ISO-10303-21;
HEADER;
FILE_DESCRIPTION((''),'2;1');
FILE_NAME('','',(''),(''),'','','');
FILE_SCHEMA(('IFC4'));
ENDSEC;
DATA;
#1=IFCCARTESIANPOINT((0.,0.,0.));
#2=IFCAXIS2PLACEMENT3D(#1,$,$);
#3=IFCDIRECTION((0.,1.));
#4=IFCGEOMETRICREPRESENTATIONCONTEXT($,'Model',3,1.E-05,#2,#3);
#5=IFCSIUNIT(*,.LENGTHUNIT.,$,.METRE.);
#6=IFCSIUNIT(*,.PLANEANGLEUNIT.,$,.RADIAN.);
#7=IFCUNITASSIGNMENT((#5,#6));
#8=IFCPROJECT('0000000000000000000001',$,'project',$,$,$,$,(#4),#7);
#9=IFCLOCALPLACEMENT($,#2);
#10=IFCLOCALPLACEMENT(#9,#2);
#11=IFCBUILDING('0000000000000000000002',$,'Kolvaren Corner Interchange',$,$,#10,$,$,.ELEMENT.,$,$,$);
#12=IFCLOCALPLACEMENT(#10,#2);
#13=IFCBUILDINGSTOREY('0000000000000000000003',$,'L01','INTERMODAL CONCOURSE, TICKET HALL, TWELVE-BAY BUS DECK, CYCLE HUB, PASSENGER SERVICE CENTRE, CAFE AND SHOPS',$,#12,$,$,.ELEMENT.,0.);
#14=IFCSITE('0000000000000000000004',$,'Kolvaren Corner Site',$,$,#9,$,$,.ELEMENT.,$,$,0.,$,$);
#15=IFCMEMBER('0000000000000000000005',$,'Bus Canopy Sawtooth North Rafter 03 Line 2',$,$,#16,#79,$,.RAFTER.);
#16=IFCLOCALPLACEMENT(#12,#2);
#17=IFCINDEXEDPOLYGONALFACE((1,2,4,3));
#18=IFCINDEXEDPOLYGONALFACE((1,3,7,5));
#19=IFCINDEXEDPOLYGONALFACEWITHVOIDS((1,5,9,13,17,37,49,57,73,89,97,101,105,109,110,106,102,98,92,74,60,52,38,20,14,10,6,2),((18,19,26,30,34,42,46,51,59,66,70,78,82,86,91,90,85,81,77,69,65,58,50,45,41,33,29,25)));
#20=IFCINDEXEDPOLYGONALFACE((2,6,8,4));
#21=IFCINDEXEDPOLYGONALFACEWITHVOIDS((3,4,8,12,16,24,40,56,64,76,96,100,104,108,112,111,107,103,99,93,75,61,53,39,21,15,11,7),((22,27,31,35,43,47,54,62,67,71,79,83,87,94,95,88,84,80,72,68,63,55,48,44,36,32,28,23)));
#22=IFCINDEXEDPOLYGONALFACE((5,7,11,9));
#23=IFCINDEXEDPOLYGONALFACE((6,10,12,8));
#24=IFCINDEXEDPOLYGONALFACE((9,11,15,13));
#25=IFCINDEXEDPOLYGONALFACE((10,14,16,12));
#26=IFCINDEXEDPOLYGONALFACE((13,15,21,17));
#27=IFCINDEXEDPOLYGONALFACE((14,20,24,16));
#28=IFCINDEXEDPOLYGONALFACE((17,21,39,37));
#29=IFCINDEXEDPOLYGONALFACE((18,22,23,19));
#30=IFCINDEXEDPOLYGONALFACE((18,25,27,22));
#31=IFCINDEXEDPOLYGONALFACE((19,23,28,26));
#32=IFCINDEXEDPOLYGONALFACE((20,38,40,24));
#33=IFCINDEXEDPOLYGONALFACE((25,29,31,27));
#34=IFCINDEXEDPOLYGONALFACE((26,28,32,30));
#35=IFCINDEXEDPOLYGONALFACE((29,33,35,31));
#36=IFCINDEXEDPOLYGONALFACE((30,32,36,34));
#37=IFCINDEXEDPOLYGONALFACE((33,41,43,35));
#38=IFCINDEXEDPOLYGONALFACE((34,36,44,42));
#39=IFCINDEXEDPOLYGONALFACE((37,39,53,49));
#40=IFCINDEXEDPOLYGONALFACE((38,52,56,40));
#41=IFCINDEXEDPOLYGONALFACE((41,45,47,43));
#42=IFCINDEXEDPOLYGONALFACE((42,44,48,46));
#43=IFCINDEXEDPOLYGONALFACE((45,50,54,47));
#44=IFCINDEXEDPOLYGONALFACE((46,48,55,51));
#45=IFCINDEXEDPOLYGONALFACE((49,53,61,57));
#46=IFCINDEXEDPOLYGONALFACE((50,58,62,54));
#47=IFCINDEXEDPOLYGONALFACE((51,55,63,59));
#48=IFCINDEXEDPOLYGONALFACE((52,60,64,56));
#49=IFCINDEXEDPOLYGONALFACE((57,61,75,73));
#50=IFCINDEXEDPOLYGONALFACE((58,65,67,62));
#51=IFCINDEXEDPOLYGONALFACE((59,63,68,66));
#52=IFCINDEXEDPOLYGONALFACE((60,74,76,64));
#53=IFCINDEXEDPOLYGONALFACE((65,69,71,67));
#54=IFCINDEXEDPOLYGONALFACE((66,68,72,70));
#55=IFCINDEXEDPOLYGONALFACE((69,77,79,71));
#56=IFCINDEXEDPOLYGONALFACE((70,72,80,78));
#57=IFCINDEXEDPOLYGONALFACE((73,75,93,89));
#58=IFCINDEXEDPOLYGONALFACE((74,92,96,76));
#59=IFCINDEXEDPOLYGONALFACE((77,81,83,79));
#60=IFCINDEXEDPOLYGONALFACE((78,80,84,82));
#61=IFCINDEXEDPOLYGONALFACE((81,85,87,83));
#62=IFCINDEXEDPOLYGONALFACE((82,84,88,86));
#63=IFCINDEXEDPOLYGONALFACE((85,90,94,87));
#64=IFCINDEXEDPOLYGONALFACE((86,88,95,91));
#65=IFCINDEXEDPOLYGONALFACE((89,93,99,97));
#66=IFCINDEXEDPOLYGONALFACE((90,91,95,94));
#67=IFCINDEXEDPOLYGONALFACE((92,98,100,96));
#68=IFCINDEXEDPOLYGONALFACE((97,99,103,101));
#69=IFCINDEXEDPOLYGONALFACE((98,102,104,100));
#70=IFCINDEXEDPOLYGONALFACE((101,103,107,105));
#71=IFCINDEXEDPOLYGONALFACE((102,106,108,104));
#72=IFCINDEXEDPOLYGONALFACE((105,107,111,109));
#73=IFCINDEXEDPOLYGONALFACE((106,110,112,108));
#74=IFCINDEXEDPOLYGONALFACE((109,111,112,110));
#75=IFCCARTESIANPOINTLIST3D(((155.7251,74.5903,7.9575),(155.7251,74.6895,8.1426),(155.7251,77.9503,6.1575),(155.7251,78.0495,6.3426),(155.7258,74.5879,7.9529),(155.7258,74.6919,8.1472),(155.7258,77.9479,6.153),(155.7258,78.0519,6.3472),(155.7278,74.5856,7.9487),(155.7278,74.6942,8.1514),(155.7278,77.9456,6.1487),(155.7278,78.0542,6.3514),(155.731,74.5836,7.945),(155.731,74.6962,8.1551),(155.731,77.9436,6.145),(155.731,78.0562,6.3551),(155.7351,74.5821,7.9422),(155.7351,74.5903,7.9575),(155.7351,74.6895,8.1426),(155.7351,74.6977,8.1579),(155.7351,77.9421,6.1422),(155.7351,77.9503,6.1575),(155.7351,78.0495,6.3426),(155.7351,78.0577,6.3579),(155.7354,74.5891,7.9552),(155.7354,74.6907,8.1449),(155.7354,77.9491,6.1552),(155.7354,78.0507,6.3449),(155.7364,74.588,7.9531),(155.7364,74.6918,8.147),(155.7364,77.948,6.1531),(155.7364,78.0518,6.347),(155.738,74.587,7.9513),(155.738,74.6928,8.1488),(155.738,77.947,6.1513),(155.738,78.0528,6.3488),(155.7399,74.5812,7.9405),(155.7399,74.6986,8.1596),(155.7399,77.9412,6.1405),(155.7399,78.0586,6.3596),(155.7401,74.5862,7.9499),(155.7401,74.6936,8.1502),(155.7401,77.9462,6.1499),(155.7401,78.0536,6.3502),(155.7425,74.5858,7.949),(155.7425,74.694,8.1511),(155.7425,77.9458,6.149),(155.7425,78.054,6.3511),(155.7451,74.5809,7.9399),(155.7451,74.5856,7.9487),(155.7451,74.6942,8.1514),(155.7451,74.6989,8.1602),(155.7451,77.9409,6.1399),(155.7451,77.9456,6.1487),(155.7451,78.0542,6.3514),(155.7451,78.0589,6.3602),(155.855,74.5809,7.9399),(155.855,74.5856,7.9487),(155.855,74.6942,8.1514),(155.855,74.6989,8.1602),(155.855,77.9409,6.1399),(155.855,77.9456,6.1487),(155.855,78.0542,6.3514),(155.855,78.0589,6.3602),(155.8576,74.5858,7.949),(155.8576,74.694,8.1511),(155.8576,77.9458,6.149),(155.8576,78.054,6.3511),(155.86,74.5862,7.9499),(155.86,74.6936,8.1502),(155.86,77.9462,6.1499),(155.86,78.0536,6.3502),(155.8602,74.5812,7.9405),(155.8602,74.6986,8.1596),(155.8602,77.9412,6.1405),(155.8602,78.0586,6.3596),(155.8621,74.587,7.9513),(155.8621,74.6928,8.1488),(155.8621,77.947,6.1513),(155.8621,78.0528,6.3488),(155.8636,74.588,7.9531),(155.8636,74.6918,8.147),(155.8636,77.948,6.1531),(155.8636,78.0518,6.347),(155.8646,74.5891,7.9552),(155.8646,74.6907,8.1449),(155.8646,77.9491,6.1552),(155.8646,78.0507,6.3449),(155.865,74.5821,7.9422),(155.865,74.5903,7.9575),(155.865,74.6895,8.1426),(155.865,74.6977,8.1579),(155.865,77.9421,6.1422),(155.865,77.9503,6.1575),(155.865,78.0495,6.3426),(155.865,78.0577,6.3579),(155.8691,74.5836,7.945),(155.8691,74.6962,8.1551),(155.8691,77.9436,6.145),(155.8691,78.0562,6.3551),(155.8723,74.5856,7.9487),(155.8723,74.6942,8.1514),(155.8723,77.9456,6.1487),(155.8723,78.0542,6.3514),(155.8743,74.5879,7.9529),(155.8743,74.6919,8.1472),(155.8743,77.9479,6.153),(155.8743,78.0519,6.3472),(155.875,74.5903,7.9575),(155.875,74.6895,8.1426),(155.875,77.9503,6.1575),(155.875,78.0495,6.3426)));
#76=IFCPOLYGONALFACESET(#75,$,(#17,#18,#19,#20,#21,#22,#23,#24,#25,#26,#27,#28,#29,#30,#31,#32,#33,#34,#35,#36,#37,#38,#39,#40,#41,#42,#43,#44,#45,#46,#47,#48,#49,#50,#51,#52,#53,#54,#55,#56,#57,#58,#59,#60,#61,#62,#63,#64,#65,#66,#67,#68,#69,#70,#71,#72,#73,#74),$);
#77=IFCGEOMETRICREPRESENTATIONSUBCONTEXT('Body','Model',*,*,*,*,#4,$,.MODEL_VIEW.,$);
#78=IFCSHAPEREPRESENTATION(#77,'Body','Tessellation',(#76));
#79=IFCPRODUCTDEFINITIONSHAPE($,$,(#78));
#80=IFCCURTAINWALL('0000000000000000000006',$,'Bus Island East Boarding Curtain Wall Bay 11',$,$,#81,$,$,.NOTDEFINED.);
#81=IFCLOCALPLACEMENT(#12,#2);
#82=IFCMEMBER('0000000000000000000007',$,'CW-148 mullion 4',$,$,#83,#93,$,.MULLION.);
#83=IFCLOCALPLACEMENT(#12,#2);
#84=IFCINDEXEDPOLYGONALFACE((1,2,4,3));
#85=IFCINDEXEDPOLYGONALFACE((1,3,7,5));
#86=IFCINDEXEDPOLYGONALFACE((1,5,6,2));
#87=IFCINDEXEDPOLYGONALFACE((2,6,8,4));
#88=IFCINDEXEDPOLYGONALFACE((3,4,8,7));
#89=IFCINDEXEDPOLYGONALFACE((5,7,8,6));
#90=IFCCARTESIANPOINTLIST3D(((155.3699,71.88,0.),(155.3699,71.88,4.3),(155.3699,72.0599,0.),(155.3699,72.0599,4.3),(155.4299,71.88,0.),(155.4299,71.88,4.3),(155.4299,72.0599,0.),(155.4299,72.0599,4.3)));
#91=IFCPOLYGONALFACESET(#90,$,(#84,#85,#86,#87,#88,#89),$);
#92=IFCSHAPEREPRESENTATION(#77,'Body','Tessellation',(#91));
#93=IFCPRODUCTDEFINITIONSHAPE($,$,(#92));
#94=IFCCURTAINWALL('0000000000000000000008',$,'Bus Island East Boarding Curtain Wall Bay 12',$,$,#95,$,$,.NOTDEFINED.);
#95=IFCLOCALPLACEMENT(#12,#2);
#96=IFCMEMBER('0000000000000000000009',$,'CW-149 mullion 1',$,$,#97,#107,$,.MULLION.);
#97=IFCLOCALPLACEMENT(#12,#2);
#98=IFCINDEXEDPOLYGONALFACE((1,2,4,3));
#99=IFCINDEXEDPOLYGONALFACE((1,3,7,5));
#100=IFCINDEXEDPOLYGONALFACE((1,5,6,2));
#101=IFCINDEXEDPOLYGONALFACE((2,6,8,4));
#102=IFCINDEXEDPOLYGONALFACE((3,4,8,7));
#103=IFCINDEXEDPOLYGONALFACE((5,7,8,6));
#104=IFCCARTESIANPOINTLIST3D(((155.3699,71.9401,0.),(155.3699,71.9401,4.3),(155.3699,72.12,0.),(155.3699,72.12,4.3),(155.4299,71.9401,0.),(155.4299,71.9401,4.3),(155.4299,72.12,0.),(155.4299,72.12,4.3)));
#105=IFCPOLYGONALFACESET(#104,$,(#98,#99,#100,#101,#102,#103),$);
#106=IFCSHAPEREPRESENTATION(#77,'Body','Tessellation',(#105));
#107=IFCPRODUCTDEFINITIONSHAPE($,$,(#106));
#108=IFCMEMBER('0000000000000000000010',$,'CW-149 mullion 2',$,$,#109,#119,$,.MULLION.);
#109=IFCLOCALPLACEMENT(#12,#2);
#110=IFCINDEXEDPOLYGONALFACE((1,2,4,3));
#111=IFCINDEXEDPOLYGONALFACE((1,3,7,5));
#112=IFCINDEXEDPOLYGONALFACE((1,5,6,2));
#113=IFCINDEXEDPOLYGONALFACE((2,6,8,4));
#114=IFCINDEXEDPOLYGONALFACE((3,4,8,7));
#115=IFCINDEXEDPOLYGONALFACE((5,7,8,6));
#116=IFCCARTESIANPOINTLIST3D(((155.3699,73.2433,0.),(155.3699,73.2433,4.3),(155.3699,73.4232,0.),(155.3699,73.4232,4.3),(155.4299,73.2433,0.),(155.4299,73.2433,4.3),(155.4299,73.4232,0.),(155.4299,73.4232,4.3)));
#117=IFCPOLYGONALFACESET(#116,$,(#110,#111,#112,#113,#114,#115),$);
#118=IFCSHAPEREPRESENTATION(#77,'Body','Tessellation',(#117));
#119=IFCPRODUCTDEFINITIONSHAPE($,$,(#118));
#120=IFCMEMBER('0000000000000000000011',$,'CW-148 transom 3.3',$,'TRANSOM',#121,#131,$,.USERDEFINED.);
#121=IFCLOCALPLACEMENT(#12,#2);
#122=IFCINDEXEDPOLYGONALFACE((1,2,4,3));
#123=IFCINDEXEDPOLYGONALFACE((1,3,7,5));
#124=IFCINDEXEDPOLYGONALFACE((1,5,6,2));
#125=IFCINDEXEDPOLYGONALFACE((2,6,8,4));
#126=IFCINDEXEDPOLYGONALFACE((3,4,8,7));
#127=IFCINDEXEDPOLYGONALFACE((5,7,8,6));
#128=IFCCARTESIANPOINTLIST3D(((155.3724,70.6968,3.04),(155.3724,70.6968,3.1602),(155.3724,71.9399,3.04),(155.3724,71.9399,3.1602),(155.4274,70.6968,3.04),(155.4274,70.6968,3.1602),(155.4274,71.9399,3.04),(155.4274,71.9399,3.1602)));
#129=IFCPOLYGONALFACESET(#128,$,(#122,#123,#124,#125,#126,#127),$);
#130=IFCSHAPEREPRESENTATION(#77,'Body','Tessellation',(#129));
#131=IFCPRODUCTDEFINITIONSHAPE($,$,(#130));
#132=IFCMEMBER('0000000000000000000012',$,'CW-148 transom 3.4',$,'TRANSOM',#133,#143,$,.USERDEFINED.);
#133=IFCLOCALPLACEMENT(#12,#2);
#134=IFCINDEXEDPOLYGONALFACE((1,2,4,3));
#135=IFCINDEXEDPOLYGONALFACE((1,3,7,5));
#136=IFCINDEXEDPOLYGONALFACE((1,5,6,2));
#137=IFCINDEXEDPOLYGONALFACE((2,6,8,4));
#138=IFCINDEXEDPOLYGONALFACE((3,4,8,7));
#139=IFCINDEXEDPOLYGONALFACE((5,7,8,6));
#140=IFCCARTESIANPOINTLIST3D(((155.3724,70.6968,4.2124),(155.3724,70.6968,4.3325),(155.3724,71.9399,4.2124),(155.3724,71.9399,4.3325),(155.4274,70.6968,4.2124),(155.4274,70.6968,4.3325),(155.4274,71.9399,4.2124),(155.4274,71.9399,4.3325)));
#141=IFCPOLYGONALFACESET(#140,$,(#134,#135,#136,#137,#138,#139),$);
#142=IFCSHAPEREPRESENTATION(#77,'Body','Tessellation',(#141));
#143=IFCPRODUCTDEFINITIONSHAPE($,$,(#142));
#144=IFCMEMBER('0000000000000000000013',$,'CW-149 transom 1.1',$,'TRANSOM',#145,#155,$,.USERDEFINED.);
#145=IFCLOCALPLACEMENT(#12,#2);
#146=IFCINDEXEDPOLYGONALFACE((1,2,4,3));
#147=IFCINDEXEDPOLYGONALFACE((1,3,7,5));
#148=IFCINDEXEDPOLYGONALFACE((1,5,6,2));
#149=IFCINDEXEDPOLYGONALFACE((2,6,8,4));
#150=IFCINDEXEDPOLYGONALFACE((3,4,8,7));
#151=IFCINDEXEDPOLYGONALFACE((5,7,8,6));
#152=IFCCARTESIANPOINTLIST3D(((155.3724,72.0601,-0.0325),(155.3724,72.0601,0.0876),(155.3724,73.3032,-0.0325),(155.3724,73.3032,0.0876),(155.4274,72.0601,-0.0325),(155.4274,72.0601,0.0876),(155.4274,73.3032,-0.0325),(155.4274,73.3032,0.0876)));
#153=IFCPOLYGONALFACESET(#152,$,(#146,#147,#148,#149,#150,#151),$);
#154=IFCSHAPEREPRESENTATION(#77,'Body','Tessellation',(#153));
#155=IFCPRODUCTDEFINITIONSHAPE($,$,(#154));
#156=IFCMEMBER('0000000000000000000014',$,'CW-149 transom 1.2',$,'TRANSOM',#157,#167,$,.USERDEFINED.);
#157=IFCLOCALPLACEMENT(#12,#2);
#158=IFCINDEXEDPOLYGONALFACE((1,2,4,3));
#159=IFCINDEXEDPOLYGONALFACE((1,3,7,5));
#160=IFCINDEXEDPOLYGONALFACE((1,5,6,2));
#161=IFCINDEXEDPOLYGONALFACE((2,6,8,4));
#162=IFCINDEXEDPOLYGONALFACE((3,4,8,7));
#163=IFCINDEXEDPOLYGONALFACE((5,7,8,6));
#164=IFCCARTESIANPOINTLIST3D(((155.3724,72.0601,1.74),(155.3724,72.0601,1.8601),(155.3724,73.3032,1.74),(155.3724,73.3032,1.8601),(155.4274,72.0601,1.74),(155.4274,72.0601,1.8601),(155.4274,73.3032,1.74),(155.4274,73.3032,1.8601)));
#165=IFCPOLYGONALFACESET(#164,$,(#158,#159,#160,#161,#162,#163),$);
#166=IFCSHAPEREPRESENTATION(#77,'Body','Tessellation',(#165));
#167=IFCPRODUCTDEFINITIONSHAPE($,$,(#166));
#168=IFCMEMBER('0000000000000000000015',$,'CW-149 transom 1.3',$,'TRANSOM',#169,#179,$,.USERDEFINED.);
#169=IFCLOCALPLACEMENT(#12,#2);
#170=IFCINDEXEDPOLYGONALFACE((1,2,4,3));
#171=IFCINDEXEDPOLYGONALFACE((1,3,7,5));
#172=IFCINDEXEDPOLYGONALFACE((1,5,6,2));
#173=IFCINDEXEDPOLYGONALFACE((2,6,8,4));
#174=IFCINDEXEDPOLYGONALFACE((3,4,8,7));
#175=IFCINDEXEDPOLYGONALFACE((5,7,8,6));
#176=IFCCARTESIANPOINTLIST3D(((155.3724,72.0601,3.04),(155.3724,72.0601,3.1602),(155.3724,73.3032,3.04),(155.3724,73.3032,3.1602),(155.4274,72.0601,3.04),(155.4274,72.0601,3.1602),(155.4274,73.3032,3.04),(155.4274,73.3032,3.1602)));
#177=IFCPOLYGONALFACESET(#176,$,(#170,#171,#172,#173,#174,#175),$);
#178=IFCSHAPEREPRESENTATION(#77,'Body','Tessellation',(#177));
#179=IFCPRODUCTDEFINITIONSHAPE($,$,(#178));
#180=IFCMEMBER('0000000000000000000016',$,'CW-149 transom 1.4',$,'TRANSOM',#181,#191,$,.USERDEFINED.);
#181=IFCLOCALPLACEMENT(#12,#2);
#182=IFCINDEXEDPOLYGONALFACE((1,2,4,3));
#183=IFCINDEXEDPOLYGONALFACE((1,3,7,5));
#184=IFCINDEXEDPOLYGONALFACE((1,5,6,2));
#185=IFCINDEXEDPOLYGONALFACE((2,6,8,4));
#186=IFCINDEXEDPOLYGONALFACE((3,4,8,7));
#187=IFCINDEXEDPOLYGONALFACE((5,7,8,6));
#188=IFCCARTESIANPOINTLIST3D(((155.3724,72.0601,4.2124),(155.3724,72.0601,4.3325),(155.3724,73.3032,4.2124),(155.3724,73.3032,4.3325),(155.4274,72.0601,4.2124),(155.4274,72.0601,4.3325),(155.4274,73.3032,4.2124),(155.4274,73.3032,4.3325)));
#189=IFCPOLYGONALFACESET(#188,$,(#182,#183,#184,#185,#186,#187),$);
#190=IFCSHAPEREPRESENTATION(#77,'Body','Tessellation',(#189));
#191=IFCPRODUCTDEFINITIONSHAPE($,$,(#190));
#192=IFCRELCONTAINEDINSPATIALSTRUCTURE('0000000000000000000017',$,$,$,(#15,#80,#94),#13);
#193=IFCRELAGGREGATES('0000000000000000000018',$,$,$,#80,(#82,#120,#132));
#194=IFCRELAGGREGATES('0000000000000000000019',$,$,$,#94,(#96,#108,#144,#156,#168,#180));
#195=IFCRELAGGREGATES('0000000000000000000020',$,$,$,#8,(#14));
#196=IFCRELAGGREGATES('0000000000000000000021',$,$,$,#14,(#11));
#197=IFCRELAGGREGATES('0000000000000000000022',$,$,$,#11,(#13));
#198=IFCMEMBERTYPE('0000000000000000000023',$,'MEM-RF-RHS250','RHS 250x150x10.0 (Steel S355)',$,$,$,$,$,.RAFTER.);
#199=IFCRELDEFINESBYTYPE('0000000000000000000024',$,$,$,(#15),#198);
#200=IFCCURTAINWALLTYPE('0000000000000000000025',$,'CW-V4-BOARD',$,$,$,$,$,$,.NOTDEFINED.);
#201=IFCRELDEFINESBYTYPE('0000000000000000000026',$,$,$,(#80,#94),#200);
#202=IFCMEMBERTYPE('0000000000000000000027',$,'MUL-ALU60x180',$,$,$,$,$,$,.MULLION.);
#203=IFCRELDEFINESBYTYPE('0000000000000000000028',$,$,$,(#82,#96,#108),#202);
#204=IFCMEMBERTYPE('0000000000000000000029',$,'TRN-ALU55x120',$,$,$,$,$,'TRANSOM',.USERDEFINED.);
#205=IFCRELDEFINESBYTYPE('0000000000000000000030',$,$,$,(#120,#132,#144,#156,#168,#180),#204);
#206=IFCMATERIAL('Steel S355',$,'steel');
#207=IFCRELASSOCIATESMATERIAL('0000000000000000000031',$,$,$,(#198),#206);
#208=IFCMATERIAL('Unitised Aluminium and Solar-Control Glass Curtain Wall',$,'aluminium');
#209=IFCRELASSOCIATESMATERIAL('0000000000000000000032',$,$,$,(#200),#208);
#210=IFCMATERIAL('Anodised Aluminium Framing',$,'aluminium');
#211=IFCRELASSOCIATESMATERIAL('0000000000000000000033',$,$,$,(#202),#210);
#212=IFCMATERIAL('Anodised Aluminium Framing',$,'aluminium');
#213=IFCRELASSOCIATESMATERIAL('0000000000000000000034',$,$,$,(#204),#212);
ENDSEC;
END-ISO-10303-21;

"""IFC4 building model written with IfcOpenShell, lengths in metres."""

from ifc_helpers import new_model, si_unit, direction, frame, origin, origin_2d, place, context, subcontext, project, spatial, rectangle, hollow_rectangle, extrude, material, material_profile, profile_set, type_object, element, aggregate, save


model = new_model("IFC4")

# Units and contexts
model_context = context("Model", 3, precision=1e-05, world=origin(), true_north=direction((0.0, 1.0)))
body_context = subcontext(model_context, "Body", "Model", "MODEL_VIEW")
ifc_project = project(units=[si_unit("LENGTHUNIT", "METRE"), si_unit("PLANEANGLEUNIT", "RADIAN")], contexts=[model_context])

# Site, building, storey
site_placement = place(None, origin())
site = spatial("IfcSite", under=ifc_project, at=site_placement, Name="Kolvaren Corner Site", CompositionType="ELEMENT", RefElevation=0.0)
building_placement = place(site_placement, origin())
building = spatial("IfcBuilding", under=site, at=building_placement, Name="Kolvaren Corner Interchange", CompositionType="ELEMENT")
storey_placement = place(building_placement, origin())
storey = spatial("IfcBuildingStorey", under=building, at=storey_placement, Name="L01", Description="INTERMODAL CONCOURSE, TICKET HALL, TWELVE-BAY BUS DECK, CYCLE HUB, PASSENGER SERVICE CENTRE, CAFE AND SHOPS", CompositionType="ELEMENT", Elevation=0.0)

# Member
ifc_material_1 = material(Name="Steel S355", Category="steel")
ifc_material_profile_1 = material_profile(ifc_material_1, hollow_rectangle(XDim=0.1499, YDim=0.25, WallThickness=0.01, InnerFilletRadius=0.01, OuterFilletRadius=0.02, at=origin_2d()), Name="RHS 250x150x10.0")
ifc_profile_set_1 = profile_set([ifc_material_profile_1], Name="Steel S355")
member_type_1 = type_object("IfcMemberType", Name="MEM-RF-RHS250", Description="RHS 250x150x10.0 (Steel S355)", PredefinedType="RAFTER", material=ifc_profile_set_1)
member_1_placement = place(storey_placement, frame((155.8, 74.6399, 8.05), z_axis=(0.0, 0.881481, -0.47222), x_axis=(-1.0, 0.0, 0.0)))
element("IfcMember", 1, at=member_1_placement, inside=storey, type_object=member_type_1, Name="Bus Canopy Sawtooth North Rafter 03 Line 2", PredefinedType="RAFTER", context=body_context, shape_type="SweptSolid", body=[
    extrude(hollow_rectangle(XDim=0.1499, YDim=0.25, WallThickness=0.01, InnerFilletRadius=0.01, OuterFilletRadius=0.02, at=origin_2d()), origin(), (0.0, 0.0, 1.0), 3.8118),
])

# Curtain wall, member
ifc_material_2 = material(Name="Unitised Aluminium and Solar-Control Glass Curtain Wall", Category="aluminium")
curtain_wall_type = type_object("IfcCurtainWallType", Name="CW-V4-BOARD", PredefinedType="NOTDEFINED", material=ifc_material_2)
curtain_wall_1_placement = place(storey_placement, origin())
curtain_wall_1 = element("IfcCurtainWall", 2, at=curtain_wall_1_placement, inside=storey, type_object=curtain_wall_type, Name="Bus Island East Boarding Curtain Wall Bay 11", PredefinedType="NOTDEFINED")
ifc_material_3 = material(Name="Anodised Aluminium Framing", Category="aluminium")
ifc_material_profile_2 = material_profile(ifc_material_3, rectangle(XDim=0.0601, YDim=0.1799, at=origin_2d()), Name="ALU 60x180")
ifc_profile_set_2 = profile_set([ifc_material_profile_2], Name="Anodised Aluminium Framing")
member_type_2 = type_object("IfcMemberType", Name="MUL-ALU60x180", PredefinedType="MULLION", material=ifc_profile_set_2)
member_2_placement = place(storey_placement, frame((155.3999, 71.97, 0.0), z_axis=(0.0, 0.0, 1.0), x_axis=(-1.0, 0.0, 0.0)))
member_2 = element("IfcMember", 3, at=member_2_placement, type_object=member_type_2, Name="CW-148 mullion 4", PredefinedType="MULLION", context=body_context, shape_type="SweptSolid", body=[
    extrude(rectangle(XDim=0.0601, YDim=0.1799, at=origin_2d()), origin(), (0.0, 0.0, 1.0), 4.3),
])

# Curtain wall, members
curtain_wall_2_placement = place(storey_placement, origin())
curtain_wall_2 = element("IfcCurtainWall", 4, at=curtain_wall_2_placement, inside=storey, type_object=curtain_wall_type, Name="Bus Island East Boarding Curtain Wall Bay 12", PredefinedType="NOTDEFINED")
member_3_placement = place(storey_placement, frame((155.3999, 72.03, 0.0), z_axis=(0.0, 0.0, 1.0), x_axis=(-1.0, 0.0, 0.0)))
member_3 = element("IfcMember", 5, at=member_3_placement, type_object=member_type_2, Name="CW-149 mullion 1", PredefinedType="MULLION", context=body_context, shape_type="SweptSolid", body=[
    extrude(rectangle(XDim=0.0601, YDim=0.1799, at=origin_2d()), origin(), (0.0, 0.0, 1.0), 4.3),
])
member_4_placement = place(storey_placement, frame((155.3999, 73.3333, 0.0), z_axis=(0.0, 0.0, 1.0), x_axis=(-1.0, 0.0, 0.0)))
member_4 = element("IfcMember", 6, at=member_4_placement, type_object=member_type_2, Name="CW-149 mullion 2", PredefinedType="MULLION", context=body_context, shape_type="SweptSolid", body=[
    extrude(rectangle(XDim=0.0601, YDim=0.1799, at=origin_2d()), origin(), (0.0, 0.0, 1.0), 4.3),
])

# Members
ifc_material_4 = material(Name="Anodised Aluminium Framing", Category="aluminium")
ifc_material_profile_3 = material_profile(ifc_material_4, rectangle(XDim=0.0549, YDim=0.1201, at=origin_2d()), Name="ALU 55x120")
ifc_profile_set_3 = profile_set([ifc_material_profile_3], Name="Anodised Aluminium Framing")
member_type_3 = type_object("IfcMemberType", Name="TRN-ALU55x120", ElementType="TRANSOM", PredefinedType="USERDEFINED", material=ifc_profile_set_3)
member_5_placement = place(storey_placement, frame((155.3999, 70.6968, 3.1001), z_axis=(0.0, 1.0, 0.0), x_axis=(-1.0, 0.0, 0.0)))
member_5 = element("IfcMember", 7, at=member_5_placement, type_object=member_type_3, Name="CW-148 transom 3.3", ObjectType="TRANSOM", PredefinedType="USERDEFINED", context=body_context, shape_type="SweptSolid", body=[
    extrude(rectangle(XDim=0.0549, YDim=0.1201, at=origin_2d()), origin(), (0.0, 0.0, 1.0), 1.2432),
])
member_6_placement = place(storey_placement, frame((155.3999, 70.6968, 4.2725), z_axis=(0.0, 1.0, 0.0), x_axis=(-1.0, 0.0, 0.0)))
member_6 = element("IfcMember", 8, at=member_6_placement, type_object=member_type_3, Name="CW-148 transom 3.4", ObjectType="TRANSOM", PredefinedType="USERDEFINED", context=body_context, shape_type="SweptSolid", body=[
    extrude(rectangle(XDim=0.0549, YDim=0.1201, at=origin_2d()), origin(), (0.0, 0.0, 1.0), 1.2432),
])
member_7_placement = place(storey_placement, frame((155.3999, 72.0601, 0.0276), z_axis=(0.0, 1.0, 0.0), x_axis=(-1.0, 0.0, 0.0)))
member_7 = element("IfcMember", 9, at=member_7_placement, type_object=member_type_3, Name="CW-149 transom 1.1", ObjectType="TRANSOM", PredefinedType="USERDEFINED", context=body_context, shape_type="SweptSolid", body=[
    extrude(rectangle(XDim=0.0549, YDim=0.1201, at=origin_2d()), origin(), (0.0, 0.0, 1.0), 1.2432),
])
member_8_placement = place(storey_placement, frame((155.3999, 72.0601, 1.8), z_axis=(0.0, 1.0, 0.0), x_axis=(-1.0, 0.0, 0.0)))
member_8 = element("IfcMember", 10, at=member_8_placement, type_object=member_type_3, Name="CW-149 transom 1.2", ObjectType="TRANSOM", PredefinedType="USERDEFINED", context=body_context, shape_type="SweptSolid", body=[
    extrude(rectangle(XDim=0.0549, YDim=0.1201, at=origin_2d()), origin(), (0.0, 0.0, 1.0), 1.2432),
])
member_9_placement = place(storey_placement, frame((155.3999, 72.0601, 3.1001), z_axis=(0.0, 1.0, 0.0), x_axis=(-1.0, 0.0, 0.0)))
member_9 = element("IfcMember", 11, at=member_9_placement, type_object=member_type_3, Name="CW-149 transom 1.3", ObjectType="TRANSOM", PredefinedType="USERDEFINED", context=body_context, shape_type="SweptSolid", body=[
    extrude(rectangle(XDim=0.0549, YDim=0.1201, at=origin_2d()), origin(), (0.0, 0.0, 1.0), 1.2432),
])
member_10_placement = place(storey_placement, frame((155.3999, 72.0601, 4.2725), z_axis=(0.0, 1.0, 0.0), x_axis=(-1.0, 0.0, 0.0)))
member_10 = element("IfcMember", 12, at=member_10_placement, type_object=member_type_3, Name="CW-149 transom 1.4", ObjectType="TRANSOM", PredefinedType="USERDEFINED", context=body_context, shape_type="SweptSolid", body=[
    extrude(rectangle(XDim=0.0549, YDim=0.1201, at=origin_2d()), origin(), (0.0, 0.0, 1.0), 1.2432),
])

aggregate(curtain_wall_1, [member_2, member_5, member_6])
aggregate(curtain_wall_2, [member_3, member_4, member_7, member_8, member_9, member_10])

save(model, "model.ifc")
